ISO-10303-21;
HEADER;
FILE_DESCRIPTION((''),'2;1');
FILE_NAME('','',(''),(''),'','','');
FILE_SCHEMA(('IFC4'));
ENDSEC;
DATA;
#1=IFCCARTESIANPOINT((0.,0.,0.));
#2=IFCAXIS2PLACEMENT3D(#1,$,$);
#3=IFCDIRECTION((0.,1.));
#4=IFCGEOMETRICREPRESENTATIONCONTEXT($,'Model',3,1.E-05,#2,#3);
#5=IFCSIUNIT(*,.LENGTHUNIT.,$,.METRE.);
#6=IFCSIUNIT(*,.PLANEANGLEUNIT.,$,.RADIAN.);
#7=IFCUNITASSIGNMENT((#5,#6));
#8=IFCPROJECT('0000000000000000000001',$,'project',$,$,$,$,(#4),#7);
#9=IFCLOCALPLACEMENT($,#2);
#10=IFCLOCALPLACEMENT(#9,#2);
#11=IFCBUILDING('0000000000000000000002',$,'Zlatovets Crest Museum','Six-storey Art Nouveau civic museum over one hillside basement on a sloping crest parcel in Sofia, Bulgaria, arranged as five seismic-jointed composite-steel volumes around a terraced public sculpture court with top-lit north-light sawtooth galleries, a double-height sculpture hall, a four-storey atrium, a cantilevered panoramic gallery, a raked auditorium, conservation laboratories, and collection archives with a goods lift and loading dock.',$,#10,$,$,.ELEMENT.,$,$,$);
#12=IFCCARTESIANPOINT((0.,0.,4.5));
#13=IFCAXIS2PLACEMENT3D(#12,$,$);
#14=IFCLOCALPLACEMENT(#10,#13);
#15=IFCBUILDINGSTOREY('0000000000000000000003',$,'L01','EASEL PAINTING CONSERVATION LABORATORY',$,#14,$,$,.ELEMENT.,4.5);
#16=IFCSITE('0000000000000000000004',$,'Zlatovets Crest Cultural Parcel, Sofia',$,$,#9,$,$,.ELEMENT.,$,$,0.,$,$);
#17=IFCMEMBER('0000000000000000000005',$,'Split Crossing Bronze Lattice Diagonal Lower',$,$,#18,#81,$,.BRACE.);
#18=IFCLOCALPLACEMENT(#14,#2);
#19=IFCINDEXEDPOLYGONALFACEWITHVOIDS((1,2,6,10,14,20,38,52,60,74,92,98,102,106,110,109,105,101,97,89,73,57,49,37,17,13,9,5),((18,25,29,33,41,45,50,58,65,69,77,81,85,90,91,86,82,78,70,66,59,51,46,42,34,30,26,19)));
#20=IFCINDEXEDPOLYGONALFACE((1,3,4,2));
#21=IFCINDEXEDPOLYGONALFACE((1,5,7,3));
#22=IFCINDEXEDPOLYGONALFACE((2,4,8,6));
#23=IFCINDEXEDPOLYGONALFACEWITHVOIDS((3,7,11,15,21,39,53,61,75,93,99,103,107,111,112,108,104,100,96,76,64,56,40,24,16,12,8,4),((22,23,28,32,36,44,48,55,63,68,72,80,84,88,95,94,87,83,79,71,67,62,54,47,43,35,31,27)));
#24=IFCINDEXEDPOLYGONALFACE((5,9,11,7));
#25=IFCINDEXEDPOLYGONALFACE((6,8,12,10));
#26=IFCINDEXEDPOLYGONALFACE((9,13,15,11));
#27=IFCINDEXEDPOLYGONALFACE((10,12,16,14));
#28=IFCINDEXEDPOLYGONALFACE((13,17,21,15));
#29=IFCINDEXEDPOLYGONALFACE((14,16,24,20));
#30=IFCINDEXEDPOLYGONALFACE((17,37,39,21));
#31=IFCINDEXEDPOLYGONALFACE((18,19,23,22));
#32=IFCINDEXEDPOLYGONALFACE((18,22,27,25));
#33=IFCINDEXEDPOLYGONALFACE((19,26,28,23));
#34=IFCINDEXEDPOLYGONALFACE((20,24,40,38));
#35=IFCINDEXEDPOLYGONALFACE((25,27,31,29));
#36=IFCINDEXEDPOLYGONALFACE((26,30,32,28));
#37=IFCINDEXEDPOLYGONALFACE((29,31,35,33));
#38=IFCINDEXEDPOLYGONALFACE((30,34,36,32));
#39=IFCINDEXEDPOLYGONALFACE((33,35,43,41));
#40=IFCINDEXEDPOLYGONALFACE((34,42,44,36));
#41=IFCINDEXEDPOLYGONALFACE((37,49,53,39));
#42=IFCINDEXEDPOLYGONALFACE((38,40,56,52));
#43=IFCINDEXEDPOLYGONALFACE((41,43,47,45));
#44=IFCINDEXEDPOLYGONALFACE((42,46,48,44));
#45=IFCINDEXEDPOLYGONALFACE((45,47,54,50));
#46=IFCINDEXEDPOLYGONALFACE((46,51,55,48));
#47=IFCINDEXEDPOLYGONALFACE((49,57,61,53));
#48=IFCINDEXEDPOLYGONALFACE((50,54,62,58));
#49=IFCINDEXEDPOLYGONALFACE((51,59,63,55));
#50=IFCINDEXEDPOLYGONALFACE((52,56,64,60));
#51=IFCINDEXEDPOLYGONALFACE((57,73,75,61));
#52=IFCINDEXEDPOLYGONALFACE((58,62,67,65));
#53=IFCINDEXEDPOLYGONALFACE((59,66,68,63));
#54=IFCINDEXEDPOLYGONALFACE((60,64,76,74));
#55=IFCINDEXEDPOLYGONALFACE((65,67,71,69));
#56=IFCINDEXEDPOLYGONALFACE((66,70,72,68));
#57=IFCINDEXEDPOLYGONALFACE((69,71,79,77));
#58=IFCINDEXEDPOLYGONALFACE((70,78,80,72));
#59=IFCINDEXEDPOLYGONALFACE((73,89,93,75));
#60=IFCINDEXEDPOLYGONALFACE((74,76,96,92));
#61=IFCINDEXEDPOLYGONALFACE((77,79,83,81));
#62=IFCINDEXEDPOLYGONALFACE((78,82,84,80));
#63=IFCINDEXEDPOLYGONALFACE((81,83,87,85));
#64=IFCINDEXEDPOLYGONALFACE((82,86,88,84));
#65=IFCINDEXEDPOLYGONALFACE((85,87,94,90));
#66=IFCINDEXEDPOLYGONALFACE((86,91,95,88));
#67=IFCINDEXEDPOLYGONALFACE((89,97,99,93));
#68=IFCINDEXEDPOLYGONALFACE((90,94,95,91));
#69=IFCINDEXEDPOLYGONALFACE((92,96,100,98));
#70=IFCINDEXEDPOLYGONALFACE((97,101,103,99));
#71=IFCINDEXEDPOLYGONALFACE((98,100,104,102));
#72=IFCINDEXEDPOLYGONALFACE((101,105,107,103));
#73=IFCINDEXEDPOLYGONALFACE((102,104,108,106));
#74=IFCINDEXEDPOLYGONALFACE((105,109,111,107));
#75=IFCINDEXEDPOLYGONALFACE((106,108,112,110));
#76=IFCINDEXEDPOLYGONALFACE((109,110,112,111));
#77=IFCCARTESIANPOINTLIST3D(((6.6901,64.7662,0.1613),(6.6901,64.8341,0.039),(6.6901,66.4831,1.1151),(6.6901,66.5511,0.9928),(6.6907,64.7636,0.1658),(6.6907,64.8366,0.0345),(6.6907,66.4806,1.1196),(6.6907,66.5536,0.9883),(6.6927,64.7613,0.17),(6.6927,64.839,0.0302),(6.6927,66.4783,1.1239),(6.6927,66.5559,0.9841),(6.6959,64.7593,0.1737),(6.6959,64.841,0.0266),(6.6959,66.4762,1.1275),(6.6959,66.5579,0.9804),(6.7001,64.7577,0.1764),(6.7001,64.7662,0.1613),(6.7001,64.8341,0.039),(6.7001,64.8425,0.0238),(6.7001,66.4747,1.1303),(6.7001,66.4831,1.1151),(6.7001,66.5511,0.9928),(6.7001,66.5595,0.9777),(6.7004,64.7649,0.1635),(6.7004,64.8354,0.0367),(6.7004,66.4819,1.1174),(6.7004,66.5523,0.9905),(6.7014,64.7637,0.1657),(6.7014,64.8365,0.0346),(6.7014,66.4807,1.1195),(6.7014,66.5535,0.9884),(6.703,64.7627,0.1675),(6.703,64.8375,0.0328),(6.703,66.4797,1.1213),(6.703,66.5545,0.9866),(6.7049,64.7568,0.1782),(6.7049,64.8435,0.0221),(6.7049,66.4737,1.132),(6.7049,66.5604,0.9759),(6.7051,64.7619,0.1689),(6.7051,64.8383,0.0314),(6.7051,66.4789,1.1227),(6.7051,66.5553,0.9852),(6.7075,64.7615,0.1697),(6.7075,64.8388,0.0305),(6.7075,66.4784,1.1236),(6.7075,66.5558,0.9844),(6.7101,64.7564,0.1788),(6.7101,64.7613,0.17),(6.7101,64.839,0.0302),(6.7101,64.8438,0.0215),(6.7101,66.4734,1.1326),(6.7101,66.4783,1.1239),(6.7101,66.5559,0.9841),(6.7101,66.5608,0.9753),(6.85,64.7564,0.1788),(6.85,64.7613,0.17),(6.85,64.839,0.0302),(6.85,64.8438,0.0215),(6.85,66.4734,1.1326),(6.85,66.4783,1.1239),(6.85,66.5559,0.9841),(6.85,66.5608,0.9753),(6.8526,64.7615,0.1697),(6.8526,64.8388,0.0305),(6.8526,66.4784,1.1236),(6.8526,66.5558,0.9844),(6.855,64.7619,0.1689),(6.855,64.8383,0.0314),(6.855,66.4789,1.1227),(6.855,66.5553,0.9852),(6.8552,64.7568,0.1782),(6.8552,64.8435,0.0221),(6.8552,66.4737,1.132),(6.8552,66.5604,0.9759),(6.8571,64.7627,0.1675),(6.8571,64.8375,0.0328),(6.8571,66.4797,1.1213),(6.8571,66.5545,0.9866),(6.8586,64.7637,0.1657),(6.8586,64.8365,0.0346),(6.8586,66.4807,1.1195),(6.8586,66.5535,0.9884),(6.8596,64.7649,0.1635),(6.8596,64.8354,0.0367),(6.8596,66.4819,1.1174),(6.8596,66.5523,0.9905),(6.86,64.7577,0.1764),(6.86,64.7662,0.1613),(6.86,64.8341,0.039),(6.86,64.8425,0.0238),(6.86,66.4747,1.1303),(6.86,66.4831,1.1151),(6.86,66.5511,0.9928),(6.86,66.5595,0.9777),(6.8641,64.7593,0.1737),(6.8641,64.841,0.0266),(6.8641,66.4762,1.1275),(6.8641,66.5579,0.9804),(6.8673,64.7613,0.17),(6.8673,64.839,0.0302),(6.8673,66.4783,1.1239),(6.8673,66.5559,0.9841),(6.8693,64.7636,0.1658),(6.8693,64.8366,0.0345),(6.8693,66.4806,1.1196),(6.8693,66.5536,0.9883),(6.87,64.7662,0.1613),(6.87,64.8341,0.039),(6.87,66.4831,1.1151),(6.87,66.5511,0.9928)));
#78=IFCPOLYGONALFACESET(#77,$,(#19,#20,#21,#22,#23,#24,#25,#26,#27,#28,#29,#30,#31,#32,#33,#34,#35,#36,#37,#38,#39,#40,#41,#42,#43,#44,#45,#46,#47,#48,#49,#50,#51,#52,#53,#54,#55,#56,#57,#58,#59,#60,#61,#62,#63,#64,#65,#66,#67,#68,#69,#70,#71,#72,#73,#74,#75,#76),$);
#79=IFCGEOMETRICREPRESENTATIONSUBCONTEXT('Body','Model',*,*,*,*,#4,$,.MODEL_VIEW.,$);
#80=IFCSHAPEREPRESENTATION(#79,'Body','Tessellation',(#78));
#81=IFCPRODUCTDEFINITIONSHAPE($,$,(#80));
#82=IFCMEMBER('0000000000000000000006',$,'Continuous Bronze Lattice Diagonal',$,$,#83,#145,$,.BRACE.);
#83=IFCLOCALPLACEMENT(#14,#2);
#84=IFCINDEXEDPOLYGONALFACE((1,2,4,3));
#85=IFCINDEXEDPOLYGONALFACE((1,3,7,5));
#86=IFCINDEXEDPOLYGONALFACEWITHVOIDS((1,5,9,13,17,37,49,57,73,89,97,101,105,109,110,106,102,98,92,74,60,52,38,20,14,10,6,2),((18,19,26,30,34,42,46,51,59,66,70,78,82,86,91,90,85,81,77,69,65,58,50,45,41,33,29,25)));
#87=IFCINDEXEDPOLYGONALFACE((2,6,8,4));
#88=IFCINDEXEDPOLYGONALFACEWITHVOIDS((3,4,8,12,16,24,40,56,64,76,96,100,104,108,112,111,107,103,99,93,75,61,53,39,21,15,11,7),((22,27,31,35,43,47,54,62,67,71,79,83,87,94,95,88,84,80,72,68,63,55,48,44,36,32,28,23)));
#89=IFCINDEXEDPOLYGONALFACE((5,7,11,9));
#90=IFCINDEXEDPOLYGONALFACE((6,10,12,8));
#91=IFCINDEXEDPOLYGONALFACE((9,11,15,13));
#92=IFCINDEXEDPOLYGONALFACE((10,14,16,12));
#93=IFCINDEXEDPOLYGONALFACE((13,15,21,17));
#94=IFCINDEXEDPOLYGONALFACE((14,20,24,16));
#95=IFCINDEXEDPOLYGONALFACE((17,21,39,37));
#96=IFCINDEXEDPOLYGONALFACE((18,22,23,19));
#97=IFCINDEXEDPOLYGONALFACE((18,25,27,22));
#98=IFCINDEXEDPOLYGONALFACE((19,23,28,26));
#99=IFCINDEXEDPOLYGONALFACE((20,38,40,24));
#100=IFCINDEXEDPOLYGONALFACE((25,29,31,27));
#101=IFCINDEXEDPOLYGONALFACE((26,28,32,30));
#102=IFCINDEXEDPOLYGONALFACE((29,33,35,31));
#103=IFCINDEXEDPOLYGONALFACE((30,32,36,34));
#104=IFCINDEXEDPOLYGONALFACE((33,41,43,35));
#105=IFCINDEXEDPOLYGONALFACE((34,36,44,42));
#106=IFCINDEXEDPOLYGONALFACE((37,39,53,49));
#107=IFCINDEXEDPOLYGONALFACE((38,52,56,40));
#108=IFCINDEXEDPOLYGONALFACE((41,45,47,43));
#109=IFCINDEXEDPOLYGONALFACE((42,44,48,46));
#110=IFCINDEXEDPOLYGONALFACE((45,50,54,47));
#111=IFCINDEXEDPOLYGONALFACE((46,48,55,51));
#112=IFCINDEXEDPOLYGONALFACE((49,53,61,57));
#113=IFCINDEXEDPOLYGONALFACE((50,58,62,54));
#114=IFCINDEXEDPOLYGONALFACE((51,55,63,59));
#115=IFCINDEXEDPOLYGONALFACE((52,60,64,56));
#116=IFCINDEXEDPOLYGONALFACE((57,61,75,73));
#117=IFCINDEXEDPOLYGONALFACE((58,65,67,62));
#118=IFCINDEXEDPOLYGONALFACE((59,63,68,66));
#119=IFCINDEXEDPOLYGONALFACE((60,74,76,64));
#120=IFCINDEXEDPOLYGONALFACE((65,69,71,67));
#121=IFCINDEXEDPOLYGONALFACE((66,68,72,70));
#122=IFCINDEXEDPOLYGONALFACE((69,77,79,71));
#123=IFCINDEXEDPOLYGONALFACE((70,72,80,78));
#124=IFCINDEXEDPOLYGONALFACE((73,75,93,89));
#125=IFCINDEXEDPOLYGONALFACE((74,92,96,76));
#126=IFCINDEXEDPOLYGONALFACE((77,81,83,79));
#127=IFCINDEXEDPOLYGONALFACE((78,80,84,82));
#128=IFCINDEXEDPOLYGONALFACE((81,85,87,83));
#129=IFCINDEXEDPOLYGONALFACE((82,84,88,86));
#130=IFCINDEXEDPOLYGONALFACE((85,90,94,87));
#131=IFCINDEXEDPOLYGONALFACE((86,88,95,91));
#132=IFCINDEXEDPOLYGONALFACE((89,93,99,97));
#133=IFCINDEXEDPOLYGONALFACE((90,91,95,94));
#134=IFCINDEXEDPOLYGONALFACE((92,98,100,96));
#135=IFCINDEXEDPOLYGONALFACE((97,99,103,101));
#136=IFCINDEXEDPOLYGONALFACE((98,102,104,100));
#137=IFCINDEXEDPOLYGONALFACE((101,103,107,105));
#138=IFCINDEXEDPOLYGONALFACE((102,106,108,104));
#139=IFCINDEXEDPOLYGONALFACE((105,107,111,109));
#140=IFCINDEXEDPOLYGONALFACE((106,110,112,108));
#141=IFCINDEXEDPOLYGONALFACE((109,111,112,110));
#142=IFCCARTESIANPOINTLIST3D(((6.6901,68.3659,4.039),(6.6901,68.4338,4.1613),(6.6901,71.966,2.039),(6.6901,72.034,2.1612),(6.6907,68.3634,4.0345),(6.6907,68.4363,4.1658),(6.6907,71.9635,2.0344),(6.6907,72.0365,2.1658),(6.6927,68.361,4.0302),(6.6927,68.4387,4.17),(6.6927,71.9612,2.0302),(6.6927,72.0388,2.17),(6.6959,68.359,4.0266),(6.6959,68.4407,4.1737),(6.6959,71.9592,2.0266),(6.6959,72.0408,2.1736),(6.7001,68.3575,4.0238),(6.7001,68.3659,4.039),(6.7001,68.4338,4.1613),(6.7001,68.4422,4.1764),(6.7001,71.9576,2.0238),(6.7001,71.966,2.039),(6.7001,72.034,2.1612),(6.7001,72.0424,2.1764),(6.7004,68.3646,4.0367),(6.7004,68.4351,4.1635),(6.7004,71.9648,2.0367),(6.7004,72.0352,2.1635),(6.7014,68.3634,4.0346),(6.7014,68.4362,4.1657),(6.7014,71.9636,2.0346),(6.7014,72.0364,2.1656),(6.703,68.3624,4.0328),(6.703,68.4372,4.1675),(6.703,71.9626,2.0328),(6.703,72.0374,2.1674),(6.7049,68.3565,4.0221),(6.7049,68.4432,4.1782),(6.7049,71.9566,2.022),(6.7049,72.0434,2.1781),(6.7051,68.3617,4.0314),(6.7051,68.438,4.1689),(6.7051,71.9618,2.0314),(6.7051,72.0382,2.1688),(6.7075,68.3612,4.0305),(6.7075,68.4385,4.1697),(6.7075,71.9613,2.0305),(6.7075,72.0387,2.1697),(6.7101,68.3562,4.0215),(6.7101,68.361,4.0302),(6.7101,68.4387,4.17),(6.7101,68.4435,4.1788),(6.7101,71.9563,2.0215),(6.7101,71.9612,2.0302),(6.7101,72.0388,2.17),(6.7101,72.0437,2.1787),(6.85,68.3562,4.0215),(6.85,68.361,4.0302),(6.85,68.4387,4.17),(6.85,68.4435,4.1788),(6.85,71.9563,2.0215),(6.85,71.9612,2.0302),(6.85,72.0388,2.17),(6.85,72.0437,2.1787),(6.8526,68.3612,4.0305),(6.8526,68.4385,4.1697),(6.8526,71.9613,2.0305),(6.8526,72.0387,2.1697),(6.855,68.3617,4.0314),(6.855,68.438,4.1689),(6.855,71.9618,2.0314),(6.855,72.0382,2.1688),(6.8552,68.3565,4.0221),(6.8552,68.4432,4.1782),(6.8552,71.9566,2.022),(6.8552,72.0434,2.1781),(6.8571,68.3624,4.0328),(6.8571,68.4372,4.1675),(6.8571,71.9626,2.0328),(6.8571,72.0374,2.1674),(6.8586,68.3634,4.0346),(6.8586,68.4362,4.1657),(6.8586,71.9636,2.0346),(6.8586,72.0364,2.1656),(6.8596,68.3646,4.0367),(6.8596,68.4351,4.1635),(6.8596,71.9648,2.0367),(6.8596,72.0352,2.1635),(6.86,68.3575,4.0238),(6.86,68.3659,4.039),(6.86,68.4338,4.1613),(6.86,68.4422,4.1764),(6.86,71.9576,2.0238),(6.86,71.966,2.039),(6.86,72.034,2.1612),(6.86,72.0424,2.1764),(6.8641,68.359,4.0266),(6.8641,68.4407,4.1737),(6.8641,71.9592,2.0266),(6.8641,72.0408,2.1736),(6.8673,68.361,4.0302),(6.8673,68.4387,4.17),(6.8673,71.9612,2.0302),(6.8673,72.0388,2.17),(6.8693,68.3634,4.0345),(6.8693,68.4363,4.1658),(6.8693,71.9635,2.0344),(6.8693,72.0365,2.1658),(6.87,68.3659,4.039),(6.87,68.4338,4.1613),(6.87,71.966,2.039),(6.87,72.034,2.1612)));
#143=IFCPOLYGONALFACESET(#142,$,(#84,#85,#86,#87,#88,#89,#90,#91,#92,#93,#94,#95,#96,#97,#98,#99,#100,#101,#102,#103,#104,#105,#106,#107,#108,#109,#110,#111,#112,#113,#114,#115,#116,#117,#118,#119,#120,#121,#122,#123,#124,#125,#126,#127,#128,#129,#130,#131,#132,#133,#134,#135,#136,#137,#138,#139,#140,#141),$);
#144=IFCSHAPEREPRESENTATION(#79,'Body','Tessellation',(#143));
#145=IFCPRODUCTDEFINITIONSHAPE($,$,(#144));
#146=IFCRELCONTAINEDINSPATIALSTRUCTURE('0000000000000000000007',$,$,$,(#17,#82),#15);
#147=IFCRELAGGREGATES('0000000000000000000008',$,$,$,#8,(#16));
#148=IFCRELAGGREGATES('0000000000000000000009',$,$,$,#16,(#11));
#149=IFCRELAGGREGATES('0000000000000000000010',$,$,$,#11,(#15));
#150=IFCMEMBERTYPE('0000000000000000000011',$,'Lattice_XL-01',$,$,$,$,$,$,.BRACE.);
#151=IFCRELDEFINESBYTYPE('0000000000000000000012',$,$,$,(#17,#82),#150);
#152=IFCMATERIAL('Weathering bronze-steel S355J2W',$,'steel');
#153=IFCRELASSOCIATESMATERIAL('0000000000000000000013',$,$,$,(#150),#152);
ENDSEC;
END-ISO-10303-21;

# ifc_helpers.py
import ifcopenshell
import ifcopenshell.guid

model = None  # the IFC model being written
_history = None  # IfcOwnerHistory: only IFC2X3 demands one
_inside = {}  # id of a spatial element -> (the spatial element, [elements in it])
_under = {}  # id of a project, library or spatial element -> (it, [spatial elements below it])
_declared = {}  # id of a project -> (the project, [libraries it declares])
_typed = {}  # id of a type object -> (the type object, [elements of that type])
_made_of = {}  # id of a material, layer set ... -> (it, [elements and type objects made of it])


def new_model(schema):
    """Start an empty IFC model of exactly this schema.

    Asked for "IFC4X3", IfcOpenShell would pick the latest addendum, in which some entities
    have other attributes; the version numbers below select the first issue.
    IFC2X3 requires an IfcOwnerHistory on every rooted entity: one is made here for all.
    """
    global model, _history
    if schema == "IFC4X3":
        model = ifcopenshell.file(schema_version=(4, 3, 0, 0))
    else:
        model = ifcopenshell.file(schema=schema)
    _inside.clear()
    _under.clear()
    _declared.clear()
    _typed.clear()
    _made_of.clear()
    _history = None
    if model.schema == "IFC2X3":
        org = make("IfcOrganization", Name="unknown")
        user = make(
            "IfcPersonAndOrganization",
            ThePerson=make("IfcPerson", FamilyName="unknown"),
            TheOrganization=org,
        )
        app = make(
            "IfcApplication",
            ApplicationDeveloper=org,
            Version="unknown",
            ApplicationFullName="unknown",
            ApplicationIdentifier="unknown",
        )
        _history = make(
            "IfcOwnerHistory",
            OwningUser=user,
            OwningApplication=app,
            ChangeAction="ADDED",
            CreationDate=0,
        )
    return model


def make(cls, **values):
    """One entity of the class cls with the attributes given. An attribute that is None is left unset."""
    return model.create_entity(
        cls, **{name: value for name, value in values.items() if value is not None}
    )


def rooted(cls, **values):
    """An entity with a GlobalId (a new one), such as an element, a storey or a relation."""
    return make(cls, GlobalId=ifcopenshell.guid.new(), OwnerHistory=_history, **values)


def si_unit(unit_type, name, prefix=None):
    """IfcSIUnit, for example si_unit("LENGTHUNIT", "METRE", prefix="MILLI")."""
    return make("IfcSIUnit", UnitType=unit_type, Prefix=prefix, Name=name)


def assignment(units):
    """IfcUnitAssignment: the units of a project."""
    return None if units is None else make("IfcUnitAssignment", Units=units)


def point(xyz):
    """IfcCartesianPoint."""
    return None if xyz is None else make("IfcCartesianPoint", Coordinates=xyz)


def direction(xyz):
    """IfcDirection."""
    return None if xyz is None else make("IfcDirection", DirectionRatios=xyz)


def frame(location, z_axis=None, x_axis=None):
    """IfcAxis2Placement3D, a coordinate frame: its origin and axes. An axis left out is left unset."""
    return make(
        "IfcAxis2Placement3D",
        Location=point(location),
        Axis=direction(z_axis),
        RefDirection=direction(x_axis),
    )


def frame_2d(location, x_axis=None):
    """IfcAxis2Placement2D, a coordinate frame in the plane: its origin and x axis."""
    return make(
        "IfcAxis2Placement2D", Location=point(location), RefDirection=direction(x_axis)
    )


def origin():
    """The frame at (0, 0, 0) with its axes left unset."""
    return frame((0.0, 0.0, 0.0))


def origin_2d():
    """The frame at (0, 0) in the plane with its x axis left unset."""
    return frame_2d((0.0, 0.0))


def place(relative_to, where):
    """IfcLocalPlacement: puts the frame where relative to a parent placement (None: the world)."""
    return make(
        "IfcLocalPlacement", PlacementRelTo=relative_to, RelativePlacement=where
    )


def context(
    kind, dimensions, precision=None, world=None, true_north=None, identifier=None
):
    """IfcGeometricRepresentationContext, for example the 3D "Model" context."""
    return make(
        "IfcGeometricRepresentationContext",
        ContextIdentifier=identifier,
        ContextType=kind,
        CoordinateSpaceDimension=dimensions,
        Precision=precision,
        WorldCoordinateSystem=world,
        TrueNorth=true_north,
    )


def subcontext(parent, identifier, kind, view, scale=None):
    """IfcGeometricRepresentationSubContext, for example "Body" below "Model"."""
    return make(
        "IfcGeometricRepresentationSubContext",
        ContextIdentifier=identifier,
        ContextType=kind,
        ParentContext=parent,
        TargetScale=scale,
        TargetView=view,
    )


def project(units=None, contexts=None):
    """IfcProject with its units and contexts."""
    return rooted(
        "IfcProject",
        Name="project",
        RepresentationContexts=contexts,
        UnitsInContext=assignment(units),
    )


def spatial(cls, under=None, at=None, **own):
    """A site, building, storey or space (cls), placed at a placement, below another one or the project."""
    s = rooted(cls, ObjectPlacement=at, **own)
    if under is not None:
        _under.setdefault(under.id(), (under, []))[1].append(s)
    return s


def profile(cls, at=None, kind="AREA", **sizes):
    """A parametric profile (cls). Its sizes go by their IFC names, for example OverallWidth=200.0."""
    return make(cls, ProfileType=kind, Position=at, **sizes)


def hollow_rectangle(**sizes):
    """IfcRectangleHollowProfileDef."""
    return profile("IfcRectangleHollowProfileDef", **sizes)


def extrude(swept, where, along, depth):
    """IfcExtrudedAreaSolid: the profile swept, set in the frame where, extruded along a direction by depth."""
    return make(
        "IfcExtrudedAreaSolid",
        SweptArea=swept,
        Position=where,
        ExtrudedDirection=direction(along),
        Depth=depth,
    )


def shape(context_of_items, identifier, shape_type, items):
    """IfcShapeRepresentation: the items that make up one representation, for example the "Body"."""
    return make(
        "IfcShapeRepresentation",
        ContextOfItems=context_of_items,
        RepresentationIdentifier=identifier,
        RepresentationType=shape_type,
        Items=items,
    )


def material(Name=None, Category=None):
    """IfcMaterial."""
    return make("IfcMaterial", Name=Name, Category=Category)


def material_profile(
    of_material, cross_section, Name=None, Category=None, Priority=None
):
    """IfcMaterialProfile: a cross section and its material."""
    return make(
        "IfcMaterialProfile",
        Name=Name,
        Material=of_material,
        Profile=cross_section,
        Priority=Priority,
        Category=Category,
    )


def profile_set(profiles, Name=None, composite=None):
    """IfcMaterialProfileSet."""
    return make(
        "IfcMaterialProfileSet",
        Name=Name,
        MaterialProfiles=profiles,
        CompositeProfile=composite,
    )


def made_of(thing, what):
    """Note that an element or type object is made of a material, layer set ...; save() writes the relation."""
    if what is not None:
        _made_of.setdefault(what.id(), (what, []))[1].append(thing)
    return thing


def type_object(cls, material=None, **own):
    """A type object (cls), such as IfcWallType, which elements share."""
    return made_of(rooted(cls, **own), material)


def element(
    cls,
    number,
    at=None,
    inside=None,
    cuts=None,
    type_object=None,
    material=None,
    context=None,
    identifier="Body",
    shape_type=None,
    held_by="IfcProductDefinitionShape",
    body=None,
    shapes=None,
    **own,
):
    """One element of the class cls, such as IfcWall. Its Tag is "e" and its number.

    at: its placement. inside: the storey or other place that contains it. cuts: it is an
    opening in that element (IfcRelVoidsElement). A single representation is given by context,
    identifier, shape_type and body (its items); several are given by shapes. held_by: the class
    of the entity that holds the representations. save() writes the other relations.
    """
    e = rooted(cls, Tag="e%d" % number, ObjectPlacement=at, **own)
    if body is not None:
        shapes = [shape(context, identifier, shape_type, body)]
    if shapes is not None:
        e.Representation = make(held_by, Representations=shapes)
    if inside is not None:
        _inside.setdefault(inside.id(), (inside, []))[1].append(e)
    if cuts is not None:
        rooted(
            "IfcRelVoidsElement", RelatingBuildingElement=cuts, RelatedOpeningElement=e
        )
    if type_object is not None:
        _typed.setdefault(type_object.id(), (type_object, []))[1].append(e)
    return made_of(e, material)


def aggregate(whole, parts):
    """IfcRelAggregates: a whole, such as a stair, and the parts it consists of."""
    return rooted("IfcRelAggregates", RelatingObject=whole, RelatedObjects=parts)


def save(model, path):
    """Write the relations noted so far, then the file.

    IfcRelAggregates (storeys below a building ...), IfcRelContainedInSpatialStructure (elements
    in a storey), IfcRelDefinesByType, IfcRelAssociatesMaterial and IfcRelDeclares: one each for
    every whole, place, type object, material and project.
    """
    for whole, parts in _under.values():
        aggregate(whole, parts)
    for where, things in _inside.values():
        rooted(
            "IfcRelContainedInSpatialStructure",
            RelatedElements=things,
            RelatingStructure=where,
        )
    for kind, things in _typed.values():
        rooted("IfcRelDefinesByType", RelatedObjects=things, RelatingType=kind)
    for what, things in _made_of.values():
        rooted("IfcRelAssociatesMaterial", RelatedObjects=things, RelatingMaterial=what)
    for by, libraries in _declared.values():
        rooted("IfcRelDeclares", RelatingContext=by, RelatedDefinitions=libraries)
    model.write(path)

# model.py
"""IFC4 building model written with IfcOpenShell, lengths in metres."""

from ifc_helpers import new_model, si_unit, direction, frame, origin, origin_2d, place, context, subcontext, project, spatial, hollow_rectangle, extrude, material, material_profile, profile_set, type_object, element, save


model = new_model("IFC4")

# Units and contexts
model_context = context("Model", 3, precision=1e-05, world=origin(), true_north=direction((0.0, 1.0)))
body_context = subcontext(model_context, "Body", "Model", "MODEL_VIEW")
ifc_project = project(units=[si_unit("LENGTHUNIT", "METRE"), si_unit("PLANEANGLEUNIT", "RADIAN")], contexts=[model_context])

# Site, building, storey
site_placement = place(None, origin())
site = spatial("IfcSite", under=ifc_project, at=site_placement, Name="Zlatovets Crest Cultural Parcel, Sofia", CompositionType="ELEMENT", RefElevation=0.0)
building_placement = place(site_placement, origin())
building = spatial("IfcBuilding", under=site, at=building_placement, Name="Zlatovets Crest Museum", Description="Six-storey Art Nouveau civic museum over one hillside basement on a sloping crest parcel in Sofia, Bulgaria, arranged as five seismic-jointed composite-steel volumes around a terraced public sculpture court with top-lit north-light sawtooth galleries, a double-height sculpture hall, a four-storey atrium, a cantilevered panoramic gallery, a raked auditorium, conservation laboratories, and collection archives with a goods lift and loading dock.", CompositionType="ELEMENT")
storey_placement = place(building_placement, frame((0.0, 0.0, 4.5)))
storey = spatial("IfcBuildingStorey", under=building, at=storey_placement, Name="L01", Description="EASEL PAINTING CONSERVATION LABORATORY", CompositionType="ELEMENT", Elevation=4.5)

# Members
ifc_material_1 = material(Name="Weathering bronze-steel S355J2W", Category="steel")
ifc_material_profile_1 = material_profile(ifc_material_1, hollow_rectangle(XDim=0.1799, YDim=0.1799, WallThickness=0.01, InnerFilletRadius=0.01, OuterFilletRadius=0.02, at=origin_2d()), Name="SHS 180x180x10.0")
ifc_profile_set_1 = profile_set([ifc_material_profile_1], Name="Weathering bronze-steel S355J2W")
member_type_1 = type_object("IfcMemberType", Name="Lattice_XL-01", PredefinedType="BRACE", material=ifc_profile_set_1)
for number, where, z_axis, x_axis, name in (
    (1, (6.78, 66.5171, 1.054), (0.0, -0.874169, -0.485622), (1.0, 0.0, 0.0), "Split Crossing Bronze Lattice Diagonal Lower"),
):
    element("IfcMember", number, at=place(storey_placement, frame(where, z_axis=z_axis, x_axis=x_axis)), inside=storey, type_object=member_type_1, Name=name, PredefinedType="BRACE", context=body_context, shape_type="SweptSolid", body=[
        extrude(hollow_rectangle(XDim=0.1799, YDim=0.1799, WallThickness=0.01, InnerFilletRadius=0.01, OuterFilletRadius=0.02, at=origin_2d()), origin(), (0.0, 0.0, 1.0), 1.9641),
    ])
member_1_placement = place(storey_placement, frame((6.78, 72.0, 2.1001), z_axis=(0.0, -0.874163, 0.485633), x_axis=(1.0, 0.0, 0.0)))
element("IfcMember", 2, at=member_1_placement, inside=storey, type_object=member_type_1, Name="Continuous Bronze Lattice Diagonal", PredefinedType="BRACE", context=body_context, shape_type="SweptSolid", body=[
    extrude(hollow_rectangle(XDim=0.1799, YDim=0.1799, WallThickness=0.01, InnerFilletRadius=0.01, OuterFilletRadius=0.02, at=origin_2d()), origin(), (0.0, 0.0, 1.0), 4.1184),
])

save(model, "model.ifc")
